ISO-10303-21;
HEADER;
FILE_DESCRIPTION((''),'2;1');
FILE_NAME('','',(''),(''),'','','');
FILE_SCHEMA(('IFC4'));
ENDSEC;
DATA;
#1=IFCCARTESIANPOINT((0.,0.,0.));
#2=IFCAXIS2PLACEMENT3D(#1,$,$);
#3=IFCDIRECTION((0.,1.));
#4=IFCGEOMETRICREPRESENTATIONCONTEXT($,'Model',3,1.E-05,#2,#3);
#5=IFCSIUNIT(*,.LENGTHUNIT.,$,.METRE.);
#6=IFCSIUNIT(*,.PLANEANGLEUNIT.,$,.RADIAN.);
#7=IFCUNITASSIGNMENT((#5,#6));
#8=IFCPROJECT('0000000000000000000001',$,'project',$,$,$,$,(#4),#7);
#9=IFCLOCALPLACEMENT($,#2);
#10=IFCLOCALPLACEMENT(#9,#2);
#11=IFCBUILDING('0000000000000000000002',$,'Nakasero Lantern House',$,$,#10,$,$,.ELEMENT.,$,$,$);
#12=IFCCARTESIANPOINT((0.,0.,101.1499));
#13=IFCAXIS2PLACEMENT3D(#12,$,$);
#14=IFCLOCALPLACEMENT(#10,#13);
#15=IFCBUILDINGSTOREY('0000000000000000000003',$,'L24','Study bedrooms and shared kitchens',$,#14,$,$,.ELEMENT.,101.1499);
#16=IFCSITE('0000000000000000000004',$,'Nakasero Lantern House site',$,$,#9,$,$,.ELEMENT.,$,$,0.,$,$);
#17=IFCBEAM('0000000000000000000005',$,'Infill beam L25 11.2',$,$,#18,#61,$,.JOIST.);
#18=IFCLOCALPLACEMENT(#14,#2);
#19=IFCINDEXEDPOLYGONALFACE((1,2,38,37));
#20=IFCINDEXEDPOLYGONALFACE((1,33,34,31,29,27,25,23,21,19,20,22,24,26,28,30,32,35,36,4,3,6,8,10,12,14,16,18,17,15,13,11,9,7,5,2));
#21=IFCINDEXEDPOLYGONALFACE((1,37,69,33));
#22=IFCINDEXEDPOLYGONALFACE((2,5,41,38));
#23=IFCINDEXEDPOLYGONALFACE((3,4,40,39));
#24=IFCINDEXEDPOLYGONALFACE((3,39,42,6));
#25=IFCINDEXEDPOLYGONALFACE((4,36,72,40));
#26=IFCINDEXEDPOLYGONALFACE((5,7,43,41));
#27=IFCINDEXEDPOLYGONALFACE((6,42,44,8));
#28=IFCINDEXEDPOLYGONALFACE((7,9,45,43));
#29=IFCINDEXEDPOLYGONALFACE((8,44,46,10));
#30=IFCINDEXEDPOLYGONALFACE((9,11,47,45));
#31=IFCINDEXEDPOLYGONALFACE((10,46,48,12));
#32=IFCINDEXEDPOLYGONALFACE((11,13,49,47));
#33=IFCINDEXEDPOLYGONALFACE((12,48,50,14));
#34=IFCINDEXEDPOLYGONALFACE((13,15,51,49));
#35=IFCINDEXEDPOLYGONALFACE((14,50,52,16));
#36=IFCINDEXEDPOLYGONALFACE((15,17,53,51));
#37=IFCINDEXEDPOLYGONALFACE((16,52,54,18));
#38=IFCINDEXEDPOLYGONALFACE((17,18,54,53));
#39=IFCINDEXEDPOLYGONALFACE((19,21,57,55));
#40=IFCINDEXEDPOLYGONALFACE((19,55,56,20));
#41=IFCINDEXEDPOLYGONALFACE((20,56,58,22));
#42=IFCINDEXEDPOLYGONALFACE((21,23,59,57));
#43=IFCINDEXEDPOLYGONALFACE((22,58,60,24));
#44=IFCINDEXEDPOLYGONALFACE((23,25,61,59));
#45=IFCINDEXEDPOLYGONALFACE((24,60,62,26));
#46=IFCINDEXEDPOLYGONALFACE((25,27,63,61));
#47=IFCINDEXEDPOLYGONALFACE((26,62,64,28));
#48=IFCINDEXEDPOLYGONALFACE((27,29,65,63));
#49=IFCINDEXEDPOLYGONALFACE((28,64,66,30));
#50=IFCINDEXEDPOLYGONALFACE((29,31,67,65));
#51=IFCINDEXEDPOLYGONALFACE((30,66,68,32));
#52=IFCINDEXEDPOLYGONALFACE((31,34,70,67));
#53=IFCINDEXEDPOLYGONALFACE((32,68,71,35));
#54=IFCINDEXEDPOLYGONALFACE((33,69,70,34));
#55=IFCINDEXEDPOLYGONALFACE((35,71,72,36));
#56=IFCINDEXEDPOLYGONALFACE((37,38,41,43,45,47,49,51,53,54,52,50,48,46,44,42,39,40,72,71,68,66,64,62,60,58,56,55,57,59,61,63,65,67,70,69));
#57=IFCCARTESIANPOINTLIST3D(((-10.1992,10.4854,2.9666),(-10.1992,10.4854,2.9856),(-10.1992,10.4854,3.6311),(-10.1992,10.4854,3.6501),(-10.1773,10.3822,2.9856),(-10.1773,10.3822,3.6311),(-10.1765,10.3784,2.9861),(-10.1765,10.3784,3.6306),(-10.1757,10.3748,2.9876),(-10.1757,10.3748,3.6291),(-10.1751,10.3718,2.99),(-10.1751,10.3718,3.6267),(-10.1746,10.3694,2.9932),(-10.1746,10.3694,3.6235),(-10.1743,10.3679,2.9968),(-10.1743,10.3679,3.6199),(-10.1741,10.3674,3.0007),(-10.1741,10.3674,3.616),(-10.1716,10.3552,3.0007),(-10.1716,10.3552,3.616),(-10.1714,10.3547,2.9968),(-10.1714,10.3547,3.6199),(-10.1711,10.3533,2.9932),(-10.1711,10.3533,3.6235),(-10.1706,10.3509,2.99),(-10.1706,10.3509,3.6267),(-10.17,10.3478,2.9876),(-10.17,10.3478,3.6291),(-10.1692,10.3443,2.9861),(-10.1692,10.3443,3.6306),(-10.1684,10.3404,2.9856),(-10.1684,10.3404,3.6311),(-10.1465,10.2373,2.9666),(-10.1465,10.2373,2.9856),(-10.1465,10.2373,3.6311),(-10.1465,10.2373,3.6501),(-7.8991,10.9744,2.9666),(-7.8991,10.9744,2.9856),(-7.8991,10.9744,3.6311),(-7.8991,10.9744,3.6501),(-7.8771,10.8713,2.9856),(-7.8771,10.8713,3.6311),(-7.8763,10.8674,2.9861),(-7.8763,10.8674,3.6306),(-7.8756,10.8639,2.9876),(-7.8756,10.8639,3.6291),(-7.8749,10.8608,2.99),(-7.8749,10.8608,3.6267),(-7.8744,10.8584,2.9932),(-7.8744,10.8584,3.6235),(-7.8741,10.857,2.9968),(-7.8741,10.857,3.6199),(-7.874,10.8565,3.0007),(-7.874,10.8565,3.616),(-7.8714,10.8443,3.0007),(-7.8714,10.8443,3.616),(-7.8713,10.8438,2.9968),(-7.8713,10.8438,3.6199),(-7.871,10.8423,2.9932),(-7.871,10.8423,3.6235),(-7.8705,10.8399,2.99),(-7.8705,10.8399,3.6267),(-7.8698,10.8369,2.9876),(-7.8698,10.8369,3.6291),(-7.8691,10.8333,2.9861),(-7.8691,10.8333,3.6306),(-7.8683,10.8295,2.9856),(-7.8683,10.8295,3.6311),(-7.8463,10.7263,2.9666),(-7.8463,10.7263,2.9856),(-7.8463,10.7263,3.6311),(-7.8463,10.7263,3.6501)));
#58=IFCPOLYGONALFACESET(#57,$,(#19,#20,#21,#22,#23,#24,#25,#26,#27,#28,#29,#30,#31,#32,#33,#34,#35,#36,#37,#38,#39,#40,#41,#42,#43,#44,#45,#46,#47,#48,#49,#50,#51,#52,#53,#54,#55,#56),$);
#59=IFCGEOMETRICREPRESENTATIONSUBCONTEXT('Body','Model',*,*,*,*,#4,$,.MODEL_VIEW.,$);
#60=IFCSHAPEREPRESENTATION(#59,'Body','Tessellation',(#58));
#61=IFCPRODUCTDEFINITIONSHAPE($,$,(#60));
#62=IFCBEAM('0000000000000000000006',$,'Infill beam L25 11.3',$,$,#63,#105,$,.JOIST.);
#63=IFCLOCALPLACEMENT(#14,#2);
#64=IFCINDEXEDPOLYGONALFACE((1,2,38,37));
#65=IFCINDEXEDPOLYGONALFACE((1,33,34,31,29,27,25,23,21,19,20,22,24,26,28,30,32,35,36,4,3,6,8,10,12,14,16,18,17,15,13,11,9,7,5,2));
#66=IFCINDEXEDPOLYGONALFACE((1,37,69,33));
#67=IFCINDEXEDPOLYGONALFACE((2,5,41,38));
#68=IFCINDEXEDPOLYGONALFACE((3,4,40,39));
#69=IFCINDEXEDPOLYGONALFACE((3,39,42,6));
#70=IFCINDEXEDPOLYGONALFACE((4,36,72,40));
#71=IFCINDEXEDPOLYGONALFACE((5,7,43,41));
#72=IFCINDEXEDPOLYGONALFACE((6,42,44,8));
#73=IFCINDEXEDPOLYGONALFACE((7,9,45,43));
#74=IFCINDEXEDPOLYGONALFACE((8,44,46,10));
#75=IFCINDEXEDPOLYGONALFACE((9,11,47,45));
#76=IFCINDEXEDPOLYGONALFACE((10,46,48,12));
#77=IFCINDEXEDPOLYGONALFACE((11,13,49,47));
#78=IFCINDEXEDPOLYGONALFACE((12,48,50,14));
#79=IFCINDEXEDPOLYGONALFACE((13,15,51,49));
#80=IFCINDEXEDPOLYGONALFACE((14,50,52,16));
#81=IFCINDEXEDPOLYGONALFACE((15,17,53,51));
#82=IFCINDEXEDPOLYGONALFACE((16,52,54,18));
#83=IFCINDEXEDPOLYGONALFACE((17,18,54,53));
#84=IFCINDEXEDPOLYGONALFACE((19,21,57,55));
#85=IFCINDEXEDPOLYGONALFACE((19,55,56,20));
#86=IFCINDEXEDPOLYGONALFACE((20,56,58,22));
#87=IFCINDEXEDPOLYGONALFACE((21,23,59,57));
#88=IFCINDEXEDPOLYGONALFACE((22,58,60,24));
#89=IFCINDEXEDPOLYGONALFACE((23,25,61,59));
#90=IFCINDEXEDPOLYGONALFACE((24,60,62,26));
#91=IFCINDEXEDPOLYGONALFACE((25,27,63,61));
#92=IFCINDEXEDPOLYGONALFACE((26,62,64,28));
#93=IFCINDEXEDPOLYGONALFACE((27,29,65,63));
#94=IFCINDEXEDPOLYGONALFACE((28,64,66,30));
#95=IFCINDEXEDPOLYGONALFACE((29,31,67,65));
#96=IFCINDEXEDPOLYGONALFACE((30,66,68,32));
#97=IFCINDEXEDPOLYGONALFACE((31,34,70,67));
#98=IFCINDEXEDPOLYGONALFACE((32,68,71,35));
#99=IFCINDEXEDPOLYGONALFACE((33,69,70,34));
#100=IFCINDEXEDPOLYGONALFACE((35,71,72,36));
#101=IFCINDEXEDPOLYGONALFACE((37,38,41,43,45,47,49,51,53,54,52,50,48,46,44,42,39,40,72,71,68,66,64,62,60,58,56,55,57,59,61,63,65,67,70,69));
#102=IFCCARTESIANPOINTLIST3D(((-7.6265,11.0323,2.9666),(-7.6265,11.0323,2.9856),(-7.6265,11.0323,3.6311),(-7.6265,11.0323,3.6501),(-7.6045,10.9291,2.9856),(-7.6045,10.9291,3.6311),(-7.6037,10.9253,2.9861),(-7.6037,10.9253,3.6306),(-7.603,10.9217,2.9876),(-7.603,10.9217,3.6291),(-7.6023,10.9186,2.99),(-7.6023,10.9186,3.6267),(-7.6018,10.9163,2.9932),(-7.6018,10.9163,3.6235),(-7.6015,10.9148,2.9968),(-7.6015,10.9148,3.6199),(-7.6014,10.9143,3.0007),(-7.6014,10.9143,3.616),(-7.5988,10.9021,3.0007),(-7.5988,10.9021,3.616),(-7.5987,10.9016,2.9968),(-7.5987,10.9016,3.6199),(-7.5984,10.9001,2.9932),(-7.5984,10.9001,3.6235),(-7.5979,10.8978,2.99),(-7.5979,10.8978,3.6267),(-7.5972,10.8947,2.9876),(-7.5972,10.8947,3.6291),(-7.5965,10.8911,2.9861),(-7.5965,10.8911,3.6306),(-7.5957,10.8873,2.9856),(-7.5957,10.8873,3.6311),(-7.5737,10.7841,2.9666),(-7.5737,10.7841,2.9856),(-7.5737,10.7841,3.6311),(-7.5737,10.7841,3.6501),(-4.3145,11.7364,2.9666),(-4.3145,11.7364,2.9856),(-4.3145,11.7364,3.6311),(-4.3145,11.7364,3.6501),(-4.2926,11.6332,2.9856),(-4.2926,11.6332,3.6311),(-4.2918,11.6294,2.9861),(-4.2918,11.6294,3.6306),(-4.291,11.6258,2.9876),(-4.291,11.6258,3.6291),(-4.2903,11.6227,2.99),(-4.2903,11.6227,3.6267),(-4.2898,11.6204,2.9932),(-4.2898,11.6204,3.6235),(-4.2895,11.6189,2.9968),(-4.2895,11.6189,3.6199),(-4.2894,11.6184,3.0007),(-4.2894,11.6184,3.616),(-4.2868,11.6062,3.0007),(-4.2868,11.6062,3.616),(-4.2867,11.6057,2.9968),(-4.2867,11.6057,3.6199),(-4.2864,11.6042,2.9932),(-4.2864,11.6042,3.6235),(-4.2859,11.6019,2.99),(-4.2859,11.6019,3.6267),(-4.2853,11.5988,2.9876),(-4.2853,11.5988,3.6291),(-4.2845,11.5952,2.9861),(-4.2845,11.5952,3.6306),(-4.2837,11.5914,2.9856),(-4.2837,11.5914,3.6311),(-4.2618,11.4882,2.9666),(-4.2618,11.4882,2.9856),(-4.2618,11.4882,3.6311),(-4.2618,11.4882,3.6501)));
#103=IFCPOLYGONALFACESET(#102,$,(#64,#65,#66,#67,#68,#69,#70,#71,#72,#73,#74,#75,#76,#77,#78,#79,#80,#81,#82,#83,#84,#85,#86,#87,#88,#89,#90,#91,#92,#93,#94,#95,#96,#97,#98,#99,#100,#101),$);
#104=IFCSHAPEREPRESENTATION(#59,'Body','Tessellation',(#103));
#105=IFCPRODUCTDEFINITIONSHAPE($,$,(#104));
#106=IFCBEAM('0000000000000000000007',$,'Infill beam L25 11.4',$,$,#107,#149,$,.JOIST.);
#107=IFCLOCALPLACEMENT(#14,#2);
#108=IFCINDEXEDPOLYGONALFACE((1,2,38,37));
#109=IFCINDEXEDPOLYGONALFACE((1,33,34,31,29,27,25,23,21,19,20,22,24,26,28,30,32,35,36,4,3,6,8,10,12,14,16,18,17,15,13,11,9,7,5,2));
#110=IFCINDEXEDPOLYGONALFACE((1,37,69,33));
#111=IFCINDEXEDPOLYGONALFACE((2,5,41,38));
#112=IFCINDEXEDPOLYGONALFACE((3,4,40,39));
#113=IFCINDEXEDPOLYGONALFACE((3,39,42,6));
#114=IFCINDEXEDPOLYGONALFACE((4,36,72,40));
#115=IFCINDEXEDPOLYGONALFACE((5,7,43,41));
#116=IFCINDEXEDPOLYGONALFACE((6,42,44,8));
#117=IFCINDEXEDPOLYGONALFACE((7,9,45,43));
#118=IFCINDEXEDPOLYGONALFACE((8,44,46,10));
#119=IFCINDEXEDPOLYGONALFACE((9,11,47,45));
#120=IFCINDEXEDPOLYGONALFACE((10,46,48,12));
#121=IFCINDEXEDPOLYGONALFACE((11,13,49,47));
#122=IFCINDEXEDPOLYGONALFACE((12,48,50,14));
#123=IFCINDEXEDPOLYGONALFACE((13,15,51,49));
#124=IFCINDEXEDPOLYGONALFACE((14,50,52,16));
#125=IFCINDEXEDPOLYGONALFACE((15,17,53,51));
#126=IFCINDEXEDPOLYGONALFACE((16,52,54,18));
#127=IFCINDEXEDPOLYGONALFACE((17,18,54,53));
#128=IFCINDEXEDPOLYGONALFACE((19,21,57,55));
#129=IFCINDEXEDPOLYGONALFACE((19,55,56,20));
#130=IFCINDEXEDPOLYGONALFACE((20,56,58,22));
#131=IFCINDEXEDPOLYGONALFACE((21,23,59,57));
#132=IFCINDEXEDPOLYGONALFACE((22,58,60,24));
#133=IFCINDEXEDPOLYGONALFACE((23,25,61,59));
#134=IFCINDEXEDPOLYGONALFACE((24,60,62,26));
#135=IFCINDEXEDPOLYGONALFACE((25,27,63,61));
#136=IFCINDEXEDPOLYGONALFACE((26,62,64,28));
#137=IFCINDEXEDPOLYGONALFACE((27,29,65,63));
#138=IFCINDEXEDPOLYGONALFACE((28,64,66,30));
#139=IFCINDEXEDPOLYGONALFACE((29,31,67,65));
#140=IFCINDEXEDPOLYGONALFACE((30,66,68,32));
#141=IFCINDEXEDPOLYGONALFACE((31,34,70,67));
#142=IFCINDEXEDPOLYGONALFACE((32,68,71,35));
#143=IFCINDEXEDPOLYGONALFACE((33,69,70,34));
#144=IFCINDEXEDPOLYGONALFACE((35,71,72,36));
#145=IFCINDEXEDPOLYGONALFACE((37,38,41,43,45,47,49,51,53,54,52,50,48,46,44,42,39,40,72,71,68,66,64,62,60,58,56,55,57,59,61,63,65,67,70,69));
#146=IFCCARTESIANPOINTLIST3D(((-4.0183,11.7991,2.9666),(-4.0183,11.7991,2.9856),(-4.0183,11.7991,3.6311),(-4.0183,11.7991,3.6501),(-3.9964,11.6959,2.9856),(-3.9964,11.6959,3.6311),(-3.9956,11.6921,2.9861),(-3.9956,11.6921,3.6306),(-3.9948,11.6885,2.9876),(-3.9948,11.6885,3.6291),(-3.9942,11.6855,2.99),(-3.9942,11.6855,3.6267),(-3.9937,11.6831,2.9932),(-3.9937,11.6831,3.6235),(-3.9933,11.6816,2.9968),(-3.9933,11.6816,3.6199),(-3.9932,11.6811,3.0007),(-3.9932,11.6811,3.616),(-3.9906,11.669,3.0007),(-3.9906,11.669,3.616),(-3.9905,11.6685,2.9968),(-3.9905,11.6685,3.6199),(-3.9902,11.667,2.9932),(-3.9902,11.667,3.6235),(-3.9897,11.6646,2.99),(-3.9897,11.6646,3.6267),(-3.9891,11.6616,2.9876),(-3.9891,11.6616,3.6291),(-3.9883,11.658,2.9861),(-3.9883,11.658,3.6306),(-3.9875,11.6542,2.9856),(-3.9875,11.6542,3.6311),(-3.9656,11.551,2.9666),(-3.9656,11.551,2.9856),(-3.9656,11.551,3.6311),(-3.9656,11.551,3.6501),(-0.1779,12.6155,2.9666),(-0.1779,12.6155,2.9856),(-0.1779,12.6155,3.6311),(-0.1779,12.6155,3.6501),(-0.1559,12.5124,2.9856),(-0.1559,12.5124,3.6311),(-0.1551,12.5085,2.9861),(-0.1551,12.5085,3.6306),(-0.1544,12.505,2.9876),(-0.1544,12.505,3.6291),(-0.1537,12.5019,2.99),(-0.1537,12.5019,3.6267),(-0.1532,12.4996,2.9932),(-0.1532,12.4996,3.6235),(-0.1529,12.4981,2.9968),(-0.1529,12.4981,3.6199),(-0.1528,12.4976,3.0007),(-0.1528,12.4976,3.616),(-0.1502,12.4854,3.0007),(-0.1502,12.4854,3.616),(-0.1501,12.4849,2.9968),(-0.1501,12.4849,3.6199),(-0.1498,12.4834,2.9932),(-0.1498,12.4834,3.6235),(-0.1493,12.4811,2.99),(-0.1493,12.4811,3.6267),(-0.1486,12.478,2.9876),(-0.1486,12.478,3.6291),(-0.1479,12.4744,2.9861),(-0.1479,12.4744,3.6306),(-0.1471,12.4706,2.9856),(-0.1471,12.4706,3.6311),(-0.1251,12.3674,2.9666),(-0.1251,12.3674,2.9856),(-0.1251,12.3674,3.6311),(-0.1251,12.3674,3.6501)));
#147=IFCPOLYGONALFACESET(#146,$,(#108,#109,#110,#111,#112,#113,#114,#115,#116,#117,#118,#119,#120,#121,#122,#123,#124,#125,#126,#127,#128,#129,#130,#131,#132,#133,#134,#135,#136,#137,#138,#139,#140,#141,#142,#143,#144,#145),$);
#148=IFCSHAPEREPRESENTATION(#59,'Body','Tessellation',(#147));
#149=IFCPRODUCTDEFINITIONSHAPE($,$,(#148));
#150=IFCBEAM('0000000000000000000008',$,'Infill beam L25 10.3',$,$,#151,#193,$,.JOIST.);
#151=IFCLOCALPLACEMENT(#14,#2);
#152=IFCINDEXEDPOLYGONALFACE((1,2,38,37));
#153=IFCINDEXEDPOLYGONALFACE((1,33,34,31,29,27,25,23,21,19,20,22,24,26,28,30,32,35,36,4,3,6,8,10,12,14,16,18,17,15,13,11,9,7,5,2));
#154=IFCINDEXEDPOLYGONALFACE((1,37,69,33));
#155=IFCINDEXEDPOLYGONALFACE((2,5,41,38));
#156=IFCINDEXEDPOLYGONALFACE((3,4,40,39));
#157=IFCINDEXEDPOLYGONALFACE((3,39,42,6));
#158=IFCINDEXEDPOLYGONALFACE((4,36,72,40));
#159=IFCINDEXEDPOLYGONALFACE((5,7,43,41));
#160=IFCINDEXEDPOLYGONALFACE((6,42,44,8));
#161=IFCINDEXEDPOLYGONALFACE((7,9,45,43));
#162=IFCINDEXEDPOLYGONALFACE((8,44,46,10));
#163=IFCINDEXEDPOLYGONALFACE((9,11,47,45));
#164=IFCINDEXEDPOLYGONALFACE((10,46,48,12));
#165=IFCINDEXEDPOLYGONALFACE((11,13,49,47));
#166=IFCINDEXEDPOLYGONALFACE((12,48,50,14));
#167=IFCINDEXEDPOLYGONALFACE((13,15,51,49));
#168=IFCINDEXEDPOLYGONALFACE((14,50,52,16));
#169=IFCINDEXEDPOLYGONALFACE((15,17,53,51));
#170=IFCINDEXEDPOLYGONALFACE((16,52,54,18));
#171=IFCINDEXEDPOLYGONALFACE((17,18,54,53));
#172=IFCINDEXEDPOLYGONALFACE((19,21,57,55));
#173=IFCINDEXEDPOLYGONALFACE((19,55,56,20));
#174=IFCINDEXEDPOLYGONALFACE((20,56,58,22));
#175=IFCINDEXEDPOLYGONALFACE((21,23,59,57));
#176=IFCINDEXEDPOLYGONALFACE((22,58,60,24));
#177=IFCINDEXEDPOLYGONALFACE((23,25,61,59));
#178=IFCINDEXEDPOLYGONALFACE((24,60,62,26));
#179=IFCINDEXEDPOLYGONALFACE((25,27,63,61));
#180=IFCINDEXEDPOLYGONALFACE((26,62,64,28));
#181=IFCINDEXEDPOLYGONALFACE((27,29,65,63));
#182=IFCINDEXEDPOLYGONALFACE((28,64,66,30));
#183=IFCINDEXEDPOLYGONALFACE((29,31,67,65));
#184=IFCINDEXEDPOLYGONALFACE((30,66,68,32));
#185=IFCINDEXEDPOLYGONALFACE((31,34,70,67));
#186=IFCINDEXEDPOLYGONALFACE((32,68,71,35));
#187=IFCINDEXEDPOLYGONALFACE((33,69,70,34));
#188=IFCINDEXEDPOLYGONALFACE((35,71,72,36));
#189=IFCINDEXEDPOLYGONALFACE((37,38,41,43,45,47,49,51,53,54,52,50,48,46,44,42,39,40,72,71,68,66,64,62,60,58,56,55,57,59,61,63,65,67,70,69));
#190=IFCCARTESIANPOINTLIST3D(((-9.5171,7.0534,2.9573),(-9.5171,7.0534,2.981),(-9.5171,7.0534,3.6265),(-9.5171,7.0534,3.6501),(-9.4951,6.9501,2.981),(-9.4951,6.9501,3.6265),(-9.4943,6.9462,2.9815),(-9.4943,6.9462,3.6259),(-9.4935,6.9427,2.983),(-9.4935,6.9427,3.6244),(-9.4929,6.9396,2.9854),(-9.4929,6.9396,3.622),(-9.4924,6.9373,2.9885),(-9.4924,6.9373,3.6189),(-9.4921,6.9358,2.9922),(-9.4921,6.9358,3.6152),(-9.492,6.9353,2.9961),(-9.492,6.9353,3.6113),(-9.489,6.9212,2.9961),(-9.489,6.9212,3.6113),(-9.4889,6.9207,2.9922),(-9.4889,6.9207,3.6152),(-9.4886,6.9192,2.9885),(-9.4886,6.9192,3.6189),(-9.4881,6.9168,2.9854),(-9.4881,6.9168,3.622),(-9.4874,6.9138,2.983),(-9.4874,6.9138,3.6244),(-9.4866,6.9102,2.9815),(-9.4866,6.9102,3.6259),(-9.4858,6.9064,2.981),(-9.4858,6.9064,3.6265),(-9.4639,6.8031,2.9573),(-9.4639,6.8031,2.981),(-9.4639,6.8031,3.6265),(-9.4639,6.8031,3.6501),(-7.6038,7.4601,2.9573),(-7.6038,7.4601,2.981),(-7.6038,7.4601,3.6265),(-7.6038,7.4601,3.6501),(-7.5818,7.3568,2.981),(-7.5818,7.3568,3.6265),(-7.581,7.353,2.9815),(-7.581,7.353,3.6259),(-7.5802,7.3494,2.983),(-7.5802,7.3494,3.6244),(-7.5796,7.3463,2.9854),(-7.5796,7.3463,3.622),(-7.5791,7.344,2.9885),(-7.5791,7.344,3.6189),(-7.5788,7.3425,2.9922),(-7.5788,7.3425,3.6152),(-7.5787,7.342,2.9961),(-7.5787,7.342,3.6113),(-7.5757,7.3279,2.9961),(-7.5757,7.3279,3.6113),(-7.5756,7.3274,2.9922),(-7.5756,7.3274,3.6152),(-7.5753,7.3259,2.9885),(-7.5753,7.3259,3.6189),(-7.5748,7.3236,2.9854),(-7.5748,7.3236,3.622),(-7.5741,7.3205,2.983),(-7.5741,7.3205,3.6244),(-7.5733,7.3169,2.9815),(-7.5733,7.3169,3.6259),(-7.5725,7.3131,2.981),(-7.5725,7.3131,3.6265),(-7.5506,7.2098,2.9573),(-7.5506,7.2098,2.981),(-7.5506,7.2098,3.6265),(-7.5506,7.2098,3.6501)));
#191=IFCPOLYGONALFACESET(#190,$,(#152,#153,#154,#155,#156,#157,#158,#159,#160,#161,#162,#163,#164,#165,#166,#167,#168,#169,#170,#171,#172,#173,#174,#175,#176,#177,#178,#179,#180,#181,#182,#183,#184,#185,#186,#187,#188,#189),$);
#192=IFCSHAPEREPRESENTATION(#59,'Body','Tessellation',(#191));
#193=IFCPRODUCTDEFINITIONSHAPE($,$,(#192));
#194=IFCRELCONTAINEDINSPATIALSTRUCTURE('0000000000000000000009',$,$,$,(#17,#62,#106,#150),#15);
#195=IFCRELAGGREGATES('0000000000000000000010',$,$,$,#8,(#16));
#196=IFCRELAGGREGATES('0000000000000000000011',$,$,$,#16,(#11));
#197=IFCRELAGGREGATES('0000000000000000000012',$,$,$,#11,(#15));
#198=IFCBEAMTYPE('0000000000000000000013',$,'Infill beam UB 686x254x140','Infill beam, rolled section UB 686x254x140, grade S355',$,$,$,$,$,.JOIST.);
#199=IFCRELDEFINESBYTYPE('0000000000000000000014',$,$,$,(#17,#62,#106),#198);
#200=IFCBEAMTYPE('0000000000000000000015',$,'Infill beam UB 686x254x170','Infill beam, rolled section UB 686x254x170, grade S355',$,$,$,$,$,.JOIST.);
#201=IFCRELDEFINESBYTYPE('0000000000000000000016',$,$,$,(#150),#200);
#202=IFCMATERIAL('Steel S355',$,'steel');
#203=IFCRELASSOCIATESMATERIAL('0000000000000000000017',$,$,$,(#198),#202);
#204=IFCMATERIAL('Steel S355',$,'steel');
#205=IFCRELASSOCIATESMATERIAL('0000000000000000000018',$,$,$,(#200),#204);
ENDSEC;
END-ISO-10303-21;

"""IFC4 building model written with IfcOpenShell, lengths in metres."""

from ifc_helpers import new_model, si_unit, direction, frame, origin, origin_2d, place, context, subcontext, project, spatial, i_section, extrude, material, material_profile, profile_set, type_object, element, save


model = new_model("IFC4")

# Units and contexts
model_context = context("Model", 3, precision=1e-05, world=origin(), true_north=direction((0.0, 1.0)))
body_context = subcontext(model_context, "Body", "Model", "MODEL_VIEW")
ifc_project = project(units=[si_unit("LENGTHUNIT", "METRE"), si_unit("PLANEANGLEUNIT", "RADIAN")], contexts=[model_context])

# Site, building, storey
site_placement = place(None, origin())
site = spatial("IfcSite", under=ifc_project, at=site_placement, Name="Nakasero Lantern House site", CompositionType="ELEMENT", RefElevation=0.0)
building_placement = place(site_placement, origin())
building = spatial("IfcBuilding", under=site, at=building_placement, Name="Nakasero Lantern House", CompositionType="ELEMENT")
storey_placement = place(building_placement, frame((0.0, 0.0, 101.1499)))
storey = spatial("IfcBuildingStorey", under=building, at=storey_placement, Name="L24", Description="Study bedrooms and shared kitchens", CompositionType="ELEMENT", Elevation=101.1499)

# Beams
ifc_material_1 = material(Name="Steel S355", Category="steel")
ifc_material_profile_1 = material_profile(ifc_material_1, i_section(OverallWidth=0.2537, OverallDepth=0.6836, WebThickness=0.0125, FlangeThickness=0.019, FilletRadius=0.0151, at=origin_2d()), Name="UB 686x254x140")
ifc_profile_set_1 = profile_set([ifc_material_profile_1], Name="Steel S355")
beam_type_1 = type_object("IfcBeamType", Name="Infill beam UB 686x254x140", Description="Infill beam, rolled section UB 686x254x140, grade S355", PredefinedType="JOIST", material=ifc_profile_set_1)
beam_1_placement = place(storey_placement, frame((-10.1729, 10.3613, 3.3083), z_axis=(0.978137, 0.207962, 0.0), x_axis=(-0.207962, 0.978137, 0.0)))
element("IfcBeam", 1, at=beam_1_placement, inside=storey, type_object=beam_type_1, Name="Infill beam L25 11.2", PredefinedType="JOIST", context=body_context, shape_type="SweptSolid", body=[
    extrude(i_section(OverallWidth=0.2537, OverallDepth=0.6836, WebThickness=0.0125, FlangeThickness=0.019, FilletRadius=0.0151, at=origin_2d()), origin(), (0.0, 0.0, 1.0), 2.3516),
])
beam_2_placement = place(storey_placement, frame((-7.6001, 10.9082, 3.3083), z_axis=(0.978141, 0.207943, 0.0), x_axis=(-0.207943, 0.978141, 0.0)))
element("IfcBeam", 2, at=beam_2_placement, inside=storey, type_object=beam_type_1, Name="Infill beam L25 11.3", PredefinedType="JOIST", context=body_context, shape_type="SweptSolid", body=[
    extrude(i_section(OverallWidth=0.2537, OverallDepth=0.6836, WebThickness=0.0125, FlangeThickness=0.019, FilletRadius=0.0151, at=origin_2d()), origin(), (0.0, 0.0, 1.0), 3.386),
])
beam_3_placement = place(storey_placement, frame((-3.9919, 11.675, 3.3083), z_axis=(0.978141, 0.207941, 0.0), x_axis=(-0.207941, 0.978141, 0.0)))
element("IfcBeam", 3, at=beam_3_placement, inside=storey, type_object=beam_type_1, Name="Infill beam L25 11.4", PredefinedType="JOIST", context=body_context, shape_type="SweptSolid", body=[
    extrude(i_section(OverallWidth=0.2537, OverallDepth=0.6836, WebThickness=0.0125, FlangeThickness=0.019, FilletRadius=0.0151, at=origin_2d()), origin(), (0.0, 0.0, 1.0), 3.9263),
])
ifc_material_2 = material(Name="Steel S355", Category="steel")
ifc_material_profile_2 = material_profile(ifc_material_2, i_section(OverallWidth=0.2559, OverallDepth=0.6929, WebThickness=0.0144, FlangeThickness=0.0237, FilletRadius=0.0151, at=origin_2d()), Name="UB 686x254x170")
ifc_profile_set_2 = profile_set([ifc_material_profile_2], Name="Steel S355")
beam_type_2 = type_object("IfcBeamType", Name="Infill beam UB 686x254x170", Description="Infill beam, rolled section UB 686x254x170, grade S355", PredefinedType="JOIST", material=ifc_profile_set_2)
beam_4_placement = place(storey_placement, frame((-9.4905, 6.9282, 3.3037), z_axis=(0.978143, 0.207935, 0.0), x_axis=(-0.207935, 0.978143, 0.0)))
element("IfcBeam", 4, at=beam_4_placement, inside=storey, type_object=beam_type_2, Name="Infill beam L25 10.3", PredefinedType="JOIST", context=body_context, shape_type="SweptSolid", body=[
    extrude(i_section(OverallWidth=0.2559, OverallDepth=0.6929, WebThickness=0.0144, FlangeThickness=0.0237, FilletRadius=0.0151, at=origin_2d()), origin(), (0.0, 0.0, 1.0), 1.9561),
])

save(model, "model.ifc")
